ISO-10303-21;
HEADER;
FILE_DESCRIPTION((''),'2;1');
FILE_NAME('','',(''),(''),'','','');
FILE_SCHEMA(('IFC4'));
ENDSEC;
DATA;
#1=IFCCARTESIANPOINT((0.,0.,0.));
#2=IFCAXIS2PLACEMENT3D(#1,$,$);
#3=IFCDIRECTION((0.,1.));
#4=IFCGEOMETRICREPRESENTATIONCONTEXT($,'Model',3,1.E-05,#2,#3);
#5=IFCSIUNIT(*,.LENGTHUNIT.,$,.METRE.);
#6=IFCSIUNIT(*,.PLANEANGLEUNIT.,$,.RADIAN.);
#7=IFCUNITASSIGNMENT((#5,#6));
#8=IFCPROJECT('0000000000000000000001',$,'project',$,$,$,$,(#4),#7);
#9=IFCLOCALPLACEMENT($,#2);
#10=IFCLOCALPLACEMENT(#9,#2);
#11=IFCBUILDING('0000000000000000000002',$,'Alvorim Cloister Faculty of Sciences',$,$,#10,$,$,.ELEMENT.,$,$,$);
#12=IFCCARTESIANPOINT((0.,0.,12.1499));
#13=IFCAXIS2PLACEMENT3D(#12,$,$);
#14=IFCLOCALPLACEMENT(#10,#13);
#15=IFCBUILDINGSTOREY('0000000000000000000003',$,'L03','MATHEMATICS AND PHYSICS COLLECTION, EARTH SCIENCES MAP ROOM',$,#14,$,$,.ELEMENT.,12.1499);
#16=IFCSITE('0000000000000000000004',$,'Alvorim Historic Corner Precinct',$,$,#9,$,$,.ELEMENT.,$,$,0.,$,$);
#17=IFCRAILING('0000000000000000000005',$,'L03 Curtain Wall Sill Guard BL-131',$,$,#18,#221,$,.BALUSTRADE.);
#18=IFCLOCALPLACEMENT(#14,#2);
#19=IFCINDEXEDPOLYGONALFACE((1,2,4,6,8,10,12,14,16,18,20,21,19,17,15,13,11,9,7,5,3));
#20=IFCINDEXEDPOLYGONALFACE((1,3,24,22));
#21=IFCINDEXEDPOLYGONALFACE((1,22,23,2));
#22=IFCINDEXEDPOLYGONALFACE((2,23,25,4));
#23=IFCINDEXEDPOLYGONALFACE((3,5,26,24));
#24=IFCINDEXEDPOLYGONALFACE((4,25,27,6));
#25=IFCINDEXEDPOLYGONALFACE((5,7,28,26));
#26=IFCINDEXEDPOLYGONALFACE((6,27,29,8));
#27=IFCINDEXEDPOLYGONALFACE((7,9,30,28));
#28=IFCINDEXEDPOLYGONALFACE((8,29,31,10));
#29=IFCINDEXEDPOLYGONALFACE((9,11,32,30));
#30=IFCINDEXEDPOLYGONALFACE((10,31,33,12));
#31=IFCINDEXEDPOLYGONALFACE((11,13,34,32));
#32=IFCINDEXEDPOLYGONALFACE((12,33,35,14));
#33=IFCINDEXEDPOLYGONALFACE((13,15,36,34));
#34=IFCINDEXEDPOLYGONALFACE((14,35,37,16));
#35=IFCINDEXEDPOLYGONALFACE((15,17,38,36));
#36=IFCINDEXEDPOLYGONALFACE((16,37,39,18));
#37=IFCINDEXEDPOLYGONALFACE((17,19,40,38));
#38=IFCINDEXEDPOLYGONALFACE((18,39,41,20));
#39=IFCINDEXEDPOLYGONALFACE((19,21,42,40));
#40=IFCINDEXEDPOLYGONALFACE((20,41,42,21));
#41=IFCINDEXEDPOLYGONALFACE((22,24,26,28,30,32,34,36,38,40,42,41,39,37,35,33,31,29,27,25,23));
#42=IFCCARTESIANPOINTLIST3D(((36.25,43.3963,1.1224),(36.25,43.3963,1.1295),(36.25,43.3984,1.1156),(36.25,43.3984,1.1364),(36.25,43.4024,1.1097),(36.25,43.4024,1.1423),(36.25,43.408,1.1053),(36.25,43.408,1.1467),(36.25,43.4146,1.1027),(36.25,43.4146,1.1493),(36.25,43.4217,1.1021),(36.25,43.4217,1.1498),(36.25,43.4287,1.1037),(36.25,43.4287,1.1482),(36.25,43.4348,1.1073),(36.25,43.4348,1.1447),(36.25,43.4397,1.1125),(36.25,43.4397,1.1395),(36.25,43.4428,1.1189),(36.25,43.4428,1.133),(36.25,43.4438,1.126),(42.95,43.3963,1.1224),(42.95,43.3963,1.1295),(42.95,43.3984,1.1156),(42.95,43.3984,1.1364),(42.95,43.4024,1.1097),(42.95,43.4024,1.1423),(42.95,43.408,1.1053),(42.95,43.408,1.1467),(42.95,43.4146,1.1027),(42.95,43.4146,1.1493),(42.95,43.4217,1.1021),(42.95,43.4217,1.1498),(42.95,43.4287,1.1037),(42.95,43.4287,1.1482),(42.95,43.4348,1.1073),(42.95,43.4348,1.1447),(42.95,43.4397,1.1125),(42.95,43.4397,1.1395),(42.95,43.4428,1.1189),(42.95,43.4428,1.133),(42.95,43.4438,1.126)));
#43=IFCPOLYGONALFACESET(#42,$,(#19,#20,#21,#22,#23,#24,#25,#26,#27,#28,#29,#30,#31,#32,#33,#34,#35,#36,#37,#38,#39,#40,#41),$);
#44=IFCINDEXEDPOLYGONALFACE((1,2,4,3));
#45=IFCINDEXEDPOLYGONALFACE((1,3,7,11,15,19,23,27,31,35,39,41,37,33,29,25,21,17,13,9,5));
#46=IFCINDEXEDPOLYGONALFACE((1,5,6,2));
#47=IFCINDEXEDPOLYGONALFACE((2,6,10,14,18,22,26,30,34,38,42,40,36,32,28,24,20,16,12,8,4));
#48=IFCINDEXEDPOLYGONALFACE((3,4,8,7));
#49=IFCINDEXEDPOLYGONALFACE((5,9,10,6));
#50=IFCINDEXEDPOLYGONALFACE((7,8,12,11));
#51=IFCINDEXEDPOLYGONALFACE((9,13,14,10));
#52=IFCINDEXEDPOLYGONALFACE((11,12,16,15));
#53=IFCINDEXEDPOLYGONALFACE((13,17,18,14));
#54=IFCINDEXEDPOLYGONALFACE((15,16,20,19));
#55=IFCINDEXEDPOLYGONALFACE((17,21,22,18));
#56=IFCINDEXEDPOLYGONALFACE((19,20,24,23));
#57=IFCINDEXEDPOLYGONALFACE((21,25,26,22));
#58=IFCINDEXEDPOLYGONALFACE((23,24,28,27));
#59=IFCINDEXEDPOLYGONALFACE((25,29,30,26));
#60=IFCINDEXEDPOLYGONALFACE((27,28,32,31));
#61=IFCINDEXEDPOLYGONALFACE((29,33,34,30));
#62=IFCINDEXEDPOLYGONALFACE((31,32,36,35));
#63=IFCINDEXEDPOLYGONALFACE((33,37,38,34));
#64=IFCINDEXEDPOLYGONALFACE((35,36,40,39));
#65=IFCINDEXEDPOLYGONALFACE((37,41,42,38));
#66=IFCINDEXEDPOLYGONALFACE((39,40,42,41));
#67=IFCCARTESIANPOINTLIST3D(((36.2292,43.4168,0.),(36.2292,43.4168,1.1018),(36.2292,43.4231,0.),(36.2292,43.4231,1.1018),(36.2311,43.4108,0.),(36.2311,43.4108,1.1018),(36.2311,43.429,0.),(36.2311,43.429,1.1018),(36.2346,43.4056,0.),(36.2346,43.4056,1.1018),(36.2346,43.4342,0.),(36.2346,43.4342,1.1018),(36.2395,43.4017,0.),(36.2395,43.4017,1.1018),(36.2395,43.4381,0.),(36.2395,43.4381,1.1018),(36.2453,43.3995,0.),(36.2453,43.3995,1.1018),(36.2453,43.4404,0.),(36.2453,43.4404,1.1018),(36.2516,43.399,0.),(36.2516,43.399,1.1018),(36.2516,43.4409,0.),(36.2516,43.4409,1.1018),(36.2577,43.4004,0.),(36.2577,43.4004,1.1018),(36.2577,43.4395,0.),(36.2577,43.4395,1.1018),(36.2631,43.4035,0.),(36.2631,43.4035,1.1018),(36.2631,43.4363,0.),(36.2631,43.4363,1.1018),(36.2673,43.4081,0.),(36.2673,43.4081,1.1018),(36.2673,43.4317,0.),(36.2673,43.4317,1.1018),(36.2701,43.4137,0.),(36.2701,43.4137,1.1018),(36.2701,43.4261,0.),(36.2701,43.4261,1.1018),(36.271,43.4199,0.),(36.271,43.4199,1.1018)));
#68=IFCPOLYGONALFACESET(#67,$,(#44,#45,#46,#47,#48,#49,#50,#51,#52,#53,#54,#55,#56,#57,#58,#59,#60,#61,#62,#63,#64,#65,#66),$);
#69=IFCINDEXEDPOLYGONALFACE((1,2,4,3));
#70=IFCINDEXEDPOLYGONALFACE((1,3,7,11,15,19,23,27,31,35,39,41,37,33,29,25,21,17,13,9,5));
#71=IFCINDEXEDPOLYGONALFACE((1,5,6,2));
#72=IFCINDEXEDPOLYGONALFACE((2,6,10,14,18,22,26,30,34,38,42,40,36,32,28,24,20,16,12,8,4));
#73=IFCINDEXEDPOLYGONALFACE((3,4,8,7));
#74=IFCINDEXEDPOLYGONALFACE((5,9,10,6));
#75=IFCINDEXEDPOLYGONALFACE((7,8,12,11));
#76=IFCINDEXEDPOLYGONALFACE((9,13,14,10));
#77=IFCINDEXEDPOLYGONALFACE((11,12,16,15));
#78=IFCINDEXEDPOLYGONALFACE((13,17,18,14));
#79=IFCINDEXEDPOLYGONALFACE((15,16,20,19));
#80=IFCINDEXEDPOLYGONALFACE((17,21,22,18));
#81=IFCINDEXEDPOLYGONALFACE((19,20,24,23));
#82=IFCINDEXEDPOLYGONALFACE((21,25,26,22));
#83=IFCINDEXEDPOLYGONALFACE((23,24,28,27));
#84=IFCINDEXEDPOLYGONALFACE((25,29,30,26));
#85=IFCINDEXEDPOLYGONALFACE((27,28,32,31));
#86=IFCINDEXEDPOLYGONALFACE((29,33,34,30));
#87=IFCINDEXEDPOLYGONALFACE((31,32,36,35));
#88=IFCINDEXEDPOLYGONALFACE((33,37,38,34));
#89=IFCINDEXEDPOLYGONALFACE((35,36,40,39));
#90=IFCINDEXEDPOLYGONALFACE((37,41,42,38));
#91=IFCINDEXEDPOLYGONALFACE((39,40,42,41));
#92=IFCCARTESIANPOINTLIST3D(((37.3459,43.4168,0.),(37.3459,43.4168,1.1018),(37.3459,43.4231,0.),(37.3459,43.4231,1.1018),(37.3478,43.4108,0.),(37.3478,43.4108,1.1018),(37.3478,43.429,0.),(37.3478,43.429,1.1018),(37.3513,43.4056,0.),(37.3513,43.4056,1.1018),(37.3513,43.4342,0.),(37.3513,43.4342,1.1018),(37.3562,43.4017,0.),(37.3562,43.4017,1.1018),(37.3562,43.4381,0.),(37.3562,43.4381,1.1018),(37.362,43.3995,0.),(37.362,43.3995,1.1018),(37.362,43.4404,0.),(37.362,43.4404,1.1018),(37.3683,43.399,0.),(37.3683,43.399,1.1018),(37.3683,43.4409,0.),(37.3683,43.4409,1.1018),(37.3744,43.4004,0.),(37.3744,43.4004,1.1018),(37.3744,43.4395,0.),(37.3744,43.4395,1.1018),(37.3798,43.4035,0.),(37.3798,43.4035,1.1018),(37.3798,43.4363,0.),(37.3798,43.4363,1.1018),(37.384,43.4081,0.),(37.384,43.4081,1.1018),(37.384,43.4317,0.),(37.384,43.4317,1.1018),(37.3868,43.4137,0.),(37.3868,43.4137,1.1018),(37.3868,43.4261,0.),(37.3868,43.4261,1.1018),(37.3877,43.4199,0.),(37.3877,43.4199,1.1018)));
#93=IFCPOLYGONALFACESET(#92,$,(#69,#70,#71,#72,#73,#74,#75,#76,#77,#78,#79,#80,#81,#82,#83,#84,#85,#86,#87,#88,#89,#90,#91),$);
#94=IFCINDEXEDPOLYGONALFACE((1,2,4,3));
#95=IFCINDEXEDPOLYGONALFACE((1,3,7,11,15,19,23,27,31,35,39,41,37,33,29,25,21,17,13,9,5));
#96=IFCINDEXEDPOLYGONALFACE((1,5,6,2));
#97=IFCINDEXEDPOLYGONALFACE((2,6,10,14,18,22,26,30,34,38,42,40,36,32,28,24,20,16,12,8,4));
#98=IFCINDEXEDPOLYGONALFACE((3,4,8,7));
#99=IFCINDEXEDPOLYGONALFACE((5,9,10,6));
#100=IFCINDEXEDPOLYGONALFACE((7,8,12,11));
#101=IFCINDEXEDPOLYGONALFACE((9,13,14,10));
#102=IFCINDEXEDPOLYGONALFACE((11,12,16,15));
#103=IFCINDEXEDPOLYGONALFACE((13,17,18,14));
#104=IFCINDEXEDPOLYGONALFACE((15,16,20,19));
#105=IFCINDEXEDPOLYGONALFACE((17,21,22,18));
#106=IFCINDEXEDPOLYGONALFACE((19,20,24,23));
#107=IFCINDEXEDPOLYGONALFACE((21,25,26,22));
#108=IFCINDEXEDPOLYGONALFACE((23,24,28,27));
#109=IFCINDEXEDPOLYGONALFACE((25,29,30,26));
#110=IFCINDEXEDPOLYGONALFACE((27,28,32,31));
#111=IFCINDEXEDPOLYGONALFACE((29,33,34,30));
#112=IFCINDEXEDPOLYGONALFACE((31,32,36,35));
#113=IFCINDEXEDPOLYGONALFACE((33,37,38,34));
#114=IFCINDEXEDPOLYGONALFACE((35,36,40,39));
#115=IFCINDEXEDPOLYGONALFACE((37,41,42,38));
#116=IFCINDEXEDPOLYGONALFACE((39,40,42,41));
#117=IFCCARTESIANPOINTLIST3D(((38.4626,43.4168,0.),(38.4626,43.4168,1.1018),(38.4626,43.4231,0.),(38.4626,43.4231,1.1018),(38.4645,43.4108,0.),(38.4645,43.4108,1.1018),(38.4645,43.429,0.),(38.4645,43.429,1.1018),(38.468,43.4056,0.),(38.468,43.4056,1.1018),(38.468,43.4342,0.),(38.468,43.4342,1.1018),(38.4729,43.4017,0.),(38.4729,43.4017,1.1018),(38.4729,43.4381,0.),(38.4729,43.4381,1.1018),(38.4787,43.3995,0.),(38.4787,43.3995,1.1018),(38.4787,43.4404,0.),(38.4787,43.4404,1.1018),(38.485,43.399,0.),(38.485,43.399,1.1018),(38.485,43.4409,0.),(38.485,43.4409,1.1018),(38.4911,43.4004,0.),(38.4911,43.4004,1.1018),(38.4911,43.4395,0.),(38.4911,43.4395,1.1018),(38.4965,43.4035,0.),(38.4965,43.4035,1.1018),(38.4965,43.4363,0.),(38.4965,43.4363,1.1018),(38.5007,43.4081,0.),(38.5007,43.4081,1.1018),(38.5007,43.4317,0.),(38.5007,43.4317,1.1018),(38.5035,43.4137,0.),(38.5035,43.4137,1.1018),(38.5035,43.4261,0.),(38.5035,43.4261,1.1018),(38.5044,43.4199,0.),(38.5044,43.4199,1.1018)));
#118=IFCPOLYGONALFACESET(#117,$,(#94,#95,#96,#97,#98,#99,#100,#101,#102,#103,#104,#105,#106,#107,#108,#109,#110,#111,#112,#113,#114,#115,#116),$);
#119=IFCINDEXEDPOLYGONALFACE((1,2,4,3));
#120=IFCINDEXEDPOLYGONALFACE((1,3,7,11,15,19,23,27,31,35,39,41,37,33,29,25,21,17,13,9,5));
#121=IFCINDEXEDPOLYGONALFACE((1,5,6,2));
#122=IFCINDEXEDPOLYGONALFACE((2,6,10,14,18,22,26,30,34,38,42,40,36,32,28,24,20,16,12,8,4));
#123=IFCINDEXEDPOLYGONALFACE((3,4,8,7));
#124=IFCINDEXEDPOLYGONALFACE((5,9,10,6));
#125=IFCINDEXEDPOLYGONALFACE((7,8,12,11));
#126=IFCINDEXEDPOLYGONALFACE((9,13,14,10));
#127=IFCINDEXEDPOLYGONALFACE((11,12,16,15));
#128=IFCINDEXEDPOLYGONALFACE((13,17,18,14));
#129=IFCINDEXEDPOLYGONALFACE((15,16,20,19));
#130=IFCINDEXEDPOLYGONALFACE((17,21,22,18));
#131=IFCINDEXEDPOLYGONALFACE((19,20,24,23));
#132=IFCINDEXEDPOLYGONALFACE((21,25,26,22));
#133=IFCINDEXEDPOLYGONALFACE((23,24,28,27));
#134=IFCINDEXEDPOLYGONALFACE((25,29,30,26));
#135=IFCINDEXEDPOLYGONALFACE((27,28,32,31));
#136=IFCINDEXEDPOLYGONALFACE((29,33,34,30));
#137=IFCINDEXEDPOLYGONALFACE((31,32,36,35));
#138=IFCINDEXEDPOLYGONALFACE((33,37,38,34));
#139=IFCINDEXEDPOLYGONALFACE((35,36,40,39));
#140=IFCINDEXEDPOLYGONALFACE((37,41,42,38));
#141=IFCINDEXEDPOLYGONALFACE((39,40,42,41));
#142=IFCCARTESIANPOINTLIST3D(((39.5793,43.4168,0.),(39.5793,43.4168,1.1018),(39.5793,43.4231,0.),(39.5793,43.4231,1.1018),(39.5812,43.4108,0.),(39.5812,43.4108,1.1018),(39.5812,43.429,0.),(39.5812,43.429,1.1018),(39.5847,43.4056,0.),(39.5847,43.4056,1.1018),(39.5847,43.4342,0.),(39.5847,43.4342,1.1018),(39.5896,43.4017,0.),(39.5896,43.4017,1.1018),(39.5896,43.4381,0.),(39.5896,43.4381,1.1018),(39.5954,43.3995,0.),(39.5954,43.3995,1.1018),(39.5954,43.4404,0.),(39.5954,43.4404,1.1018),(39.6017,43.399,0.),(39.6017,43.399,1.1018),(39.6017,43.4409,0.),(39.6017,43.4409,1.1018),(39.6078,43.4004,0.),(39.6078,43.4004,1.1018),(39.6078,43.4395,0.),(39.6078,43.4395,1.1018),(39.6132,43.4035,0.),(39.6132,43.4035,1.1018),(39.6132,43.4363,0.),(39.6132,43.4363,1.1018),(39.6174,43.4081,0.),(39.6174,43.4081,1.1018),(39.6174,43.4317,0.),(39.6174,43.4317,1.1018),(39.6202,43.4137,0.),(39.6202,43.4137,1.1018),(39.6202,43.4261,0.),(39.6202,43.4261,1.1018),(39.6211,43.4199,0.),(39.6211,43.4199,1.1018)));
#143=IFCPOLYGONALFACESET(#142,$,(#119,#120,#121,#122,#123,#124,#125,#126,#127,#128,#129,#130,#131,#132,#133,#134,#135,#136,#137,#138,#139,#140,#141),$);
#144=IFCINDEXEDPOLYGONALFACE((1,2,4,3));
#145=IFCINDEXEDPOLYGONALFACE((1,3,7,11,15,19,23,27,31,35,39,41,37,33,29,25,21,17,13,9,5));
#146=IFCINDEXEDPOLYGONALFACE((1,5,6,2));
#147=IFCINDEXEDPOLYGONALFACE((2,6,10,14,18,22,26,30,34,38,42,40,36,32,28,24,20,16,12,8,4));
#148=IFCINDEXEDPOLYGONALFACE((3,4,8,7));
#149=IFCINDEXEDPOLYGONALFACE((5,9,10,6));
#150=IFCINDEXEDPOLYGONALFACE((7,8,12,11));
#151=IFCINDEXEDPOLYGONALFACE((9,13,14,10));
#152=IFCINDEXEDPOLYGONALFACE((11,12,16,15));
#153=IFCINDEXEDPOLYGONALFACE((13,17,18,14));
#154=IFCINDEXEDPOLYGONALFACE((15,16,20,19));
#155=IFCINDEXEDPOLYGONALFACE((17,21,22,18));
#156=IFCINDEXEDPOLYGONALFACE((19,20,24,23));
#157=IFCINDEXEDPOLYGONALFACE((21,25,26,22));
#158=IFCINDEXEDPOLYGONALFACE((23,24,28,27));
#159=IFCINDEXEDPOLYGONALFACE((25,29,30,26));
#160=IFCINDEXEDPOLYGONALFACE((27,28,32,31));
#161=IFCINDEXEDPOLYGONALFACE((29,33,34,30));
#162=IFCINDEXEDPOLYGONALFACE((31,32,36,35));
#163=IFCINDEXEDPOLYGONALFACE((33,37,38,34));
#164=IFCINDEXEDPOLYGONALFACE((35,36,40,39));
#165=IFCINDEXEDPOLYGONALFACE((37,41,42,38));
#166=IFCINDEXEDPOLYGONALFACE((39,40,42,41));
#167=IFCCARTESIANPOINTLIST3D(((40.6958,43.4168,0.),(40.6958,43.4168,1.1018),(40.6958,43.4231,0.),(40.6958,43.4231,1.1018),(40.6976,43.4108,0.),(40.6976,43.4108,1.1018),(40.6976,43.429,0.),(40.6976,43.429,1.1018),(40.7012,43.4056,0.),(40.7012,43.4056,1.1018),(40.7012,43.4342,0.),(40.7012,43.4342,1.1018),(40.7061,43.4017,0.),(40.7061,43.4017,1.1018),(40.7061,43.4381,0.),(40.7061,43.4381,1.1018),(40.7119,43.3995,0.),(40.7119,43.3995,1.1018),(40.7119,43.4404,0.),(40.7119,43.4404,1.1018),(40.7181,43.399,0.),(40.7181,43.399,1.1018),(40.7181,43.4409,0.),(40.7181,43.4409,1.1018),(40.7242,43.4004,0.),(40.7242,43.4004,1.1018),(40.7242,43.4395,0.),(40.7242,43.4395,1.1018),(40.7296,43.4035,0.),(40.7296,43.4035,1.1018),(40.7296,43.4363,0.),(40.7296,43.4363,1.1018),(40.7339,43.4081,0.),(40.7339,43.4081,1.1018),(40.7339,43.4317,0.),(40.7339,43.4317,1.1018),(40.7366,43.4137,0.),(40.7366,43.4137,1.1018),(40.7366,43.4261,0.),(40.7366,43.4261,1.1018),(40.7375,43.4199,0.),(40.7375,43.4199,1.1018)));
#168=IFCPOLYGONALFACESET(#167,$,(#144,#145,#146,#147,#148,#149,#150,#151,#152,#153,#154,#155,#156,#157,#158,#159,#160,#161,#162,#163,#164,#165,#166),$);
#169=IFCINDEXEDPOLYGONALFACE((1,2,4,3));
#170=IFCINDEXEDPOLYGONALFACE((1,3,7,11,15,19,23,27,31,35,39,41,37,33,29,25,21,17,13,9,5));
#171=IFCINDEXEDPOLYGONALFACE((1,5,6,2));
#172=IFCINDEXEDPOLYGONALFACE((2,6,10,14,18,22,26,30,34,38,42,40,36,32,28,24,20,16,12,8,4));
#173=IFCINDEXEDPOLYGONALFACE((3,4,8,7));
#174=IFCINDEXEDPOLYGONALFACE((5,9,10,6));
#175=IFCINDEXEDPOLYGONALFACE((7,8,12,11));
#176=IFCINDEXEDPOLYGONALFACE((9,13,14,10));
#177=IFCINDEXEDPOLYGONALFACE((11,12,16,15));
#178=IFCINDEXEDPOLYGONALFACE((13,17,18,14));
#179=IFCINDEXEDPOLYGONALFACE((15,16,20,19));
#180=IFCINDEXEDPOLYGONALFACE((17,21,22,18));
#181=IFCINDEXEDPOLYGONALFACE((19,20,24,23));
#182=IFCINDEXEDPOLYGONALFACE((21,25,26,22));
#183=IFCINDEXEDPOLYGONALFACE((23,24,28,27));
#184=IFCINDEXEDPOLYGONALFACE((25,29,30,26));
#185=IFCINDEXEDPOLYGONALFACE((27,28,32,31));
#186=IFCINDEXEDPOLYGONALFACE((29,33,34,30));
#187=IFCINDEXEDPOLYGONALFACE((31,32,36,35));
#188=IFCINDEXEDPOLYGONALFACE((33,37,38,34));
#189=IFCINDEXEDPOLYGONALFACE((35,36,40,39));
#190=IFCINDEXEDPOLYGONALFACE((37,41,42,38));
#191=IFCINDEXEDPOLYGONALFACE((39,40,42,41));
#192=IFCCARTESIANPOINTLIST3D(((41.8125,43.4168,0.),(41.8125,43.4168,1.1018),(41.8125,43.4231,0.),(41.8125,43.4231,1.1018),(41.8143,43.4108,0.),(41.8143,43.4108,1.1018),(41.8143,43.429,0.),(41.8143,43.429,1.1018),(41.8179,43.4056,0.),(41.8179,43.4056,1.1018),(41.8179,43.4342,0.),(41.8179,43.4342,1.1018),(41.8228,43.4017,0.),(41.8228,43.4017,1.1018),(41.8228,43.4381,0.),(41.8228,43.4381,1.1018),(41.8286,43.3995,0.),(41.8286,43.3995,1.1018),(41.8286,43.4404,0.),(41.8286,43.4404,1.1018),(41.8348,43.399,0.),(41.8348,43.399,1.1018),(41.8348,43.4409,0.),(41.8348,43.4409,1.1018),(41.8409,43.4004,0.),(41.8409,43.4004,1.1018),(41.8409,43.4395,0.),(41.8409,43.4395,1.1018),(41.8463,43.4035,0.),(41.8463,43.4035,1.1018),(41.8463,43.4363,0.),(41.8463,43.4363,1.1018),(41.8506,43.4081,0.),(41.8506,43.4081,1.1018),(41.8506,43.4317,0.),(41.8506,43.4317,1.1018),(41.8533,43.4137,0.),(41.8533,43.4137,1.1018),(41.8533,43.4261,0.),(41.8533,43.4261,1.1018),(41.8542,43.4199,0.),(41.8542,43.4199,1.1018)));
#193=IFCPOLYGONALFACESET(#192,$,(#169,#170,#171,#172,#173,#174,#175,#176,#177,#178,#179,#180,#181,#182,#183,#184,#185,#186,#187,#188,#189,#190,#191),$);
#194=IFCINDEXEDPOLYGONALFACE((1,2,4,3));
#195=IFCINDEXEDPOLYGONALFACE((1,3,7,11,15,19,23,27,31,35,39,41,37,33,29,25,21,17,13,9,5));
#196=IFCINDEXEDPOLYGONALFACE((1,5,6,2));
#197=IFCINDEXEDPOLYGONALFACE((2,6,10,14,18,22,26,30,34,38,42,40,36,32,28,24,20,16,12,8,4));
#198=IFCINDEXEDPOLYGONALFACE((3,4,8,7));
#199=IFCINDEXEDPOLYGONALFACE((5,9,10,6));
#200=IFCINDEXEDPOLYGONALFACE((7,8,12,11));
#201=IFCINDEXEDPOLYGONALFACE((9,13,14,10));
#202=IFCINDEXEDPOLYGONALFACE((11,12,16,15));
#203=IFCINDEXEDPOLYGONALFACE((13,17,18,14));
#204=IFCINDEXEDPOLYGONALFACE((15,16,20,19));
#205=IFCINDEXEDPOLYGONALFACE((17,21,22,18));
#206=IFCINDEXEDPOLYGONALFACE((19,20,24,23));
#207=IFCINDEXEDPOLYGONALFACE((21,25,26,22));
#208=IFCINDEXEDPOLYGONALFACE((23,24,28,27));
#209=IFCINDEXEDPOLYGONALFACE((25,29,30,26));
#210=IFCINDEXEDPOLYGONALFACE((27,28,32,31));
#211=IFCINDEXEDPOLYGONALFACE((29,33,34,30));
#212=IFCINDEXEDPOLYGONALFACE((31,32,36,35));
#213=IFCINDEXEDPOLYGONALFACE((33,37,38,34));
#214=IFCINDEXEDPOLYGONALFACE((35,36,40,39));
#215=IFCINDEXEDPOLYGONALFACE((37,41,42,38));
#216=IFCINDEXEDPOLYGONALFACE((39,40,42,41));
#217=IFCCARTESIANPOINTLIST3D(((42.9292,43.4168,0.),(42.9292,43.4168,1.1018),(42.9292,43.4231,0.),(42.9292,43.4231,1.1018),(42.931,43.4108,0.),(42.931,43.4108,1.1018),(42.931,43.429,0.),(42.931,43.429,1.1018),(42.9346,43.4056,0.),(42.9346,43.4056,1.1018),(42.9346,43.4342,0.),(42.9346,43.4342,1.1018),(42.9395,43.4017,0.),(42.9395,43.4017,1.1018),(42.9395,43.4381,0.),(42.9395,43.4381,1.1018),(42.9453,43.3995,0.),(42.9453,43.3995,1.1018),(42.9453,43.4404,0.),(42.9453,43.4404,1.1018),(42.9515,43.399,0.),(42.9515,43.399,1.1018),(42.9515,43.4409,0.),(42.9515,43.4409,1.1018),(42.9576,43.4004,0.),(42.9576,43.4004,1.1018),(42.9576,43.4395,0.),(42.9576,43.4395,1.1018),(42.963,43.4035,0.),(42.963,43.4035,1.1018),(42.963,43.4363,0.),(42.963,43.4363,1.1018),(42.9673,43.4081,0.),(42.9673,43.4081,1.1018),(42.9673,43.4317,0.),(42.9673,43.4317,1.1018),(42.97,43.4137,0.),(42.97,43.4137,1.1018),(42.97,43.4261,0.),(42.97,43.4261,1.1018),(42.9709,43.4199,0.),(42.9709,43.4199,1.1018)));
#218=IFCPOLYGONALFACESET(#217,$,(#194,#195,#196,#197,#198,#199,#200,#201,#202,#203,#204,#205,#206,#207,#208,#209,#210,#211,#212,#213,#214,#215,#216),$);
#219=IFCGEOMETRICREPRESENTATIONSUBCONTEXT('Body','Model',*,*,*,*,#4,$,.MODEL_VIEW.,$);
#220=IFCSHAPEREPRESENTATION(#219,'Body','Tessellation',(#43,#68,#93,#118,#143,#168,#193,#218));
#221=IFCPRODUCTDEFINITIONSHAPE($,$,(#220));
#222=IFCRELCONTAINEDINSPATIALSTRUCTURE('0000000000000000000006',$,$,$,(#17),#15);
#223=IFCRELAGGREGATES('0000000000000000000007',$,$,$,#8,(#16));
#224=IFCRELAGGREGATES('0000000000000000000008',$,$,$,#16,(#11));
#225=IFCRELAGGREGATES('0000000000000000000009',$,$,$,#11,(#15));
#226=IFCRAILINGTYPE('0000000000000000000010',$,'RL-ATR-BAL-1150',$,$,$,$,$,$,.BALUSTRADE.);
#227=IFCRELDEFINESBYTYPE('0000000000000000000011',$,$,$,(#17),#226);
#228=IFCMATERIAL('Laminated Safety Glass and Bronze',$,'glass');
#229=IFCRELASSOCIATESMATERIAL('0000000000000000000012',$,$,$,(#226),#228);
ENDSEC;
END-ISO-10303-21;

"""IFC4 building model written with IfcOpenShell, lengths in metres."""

from ifc_helpers import new_model, si_unit, direction, frame, origin, origin_2d, place, context, subcontext, project, spatial, circle, extrude, material, type_object, element, save


model = new_model("IFC4")

# Units and contexts
model_context = context("Model", 3, precision=1e-05, world=origin(), true_north=direction((0.0, 1.0)))
body_context = subcontext(model_context, "Body", "Model", "MODEL_VIEW")
ifc_project = project(units=[si_unit("LENGTHUNIT", "METRE"), si_unit("PLANEANGLEUNIT", "RADIAN")], contexts=[model_context])

# Site, building, storey
site_placement = place(None, origin())
site = spatial("IfcSite", under=ifc_project, at=site_placement, Name="Alvorim Historic Corner Precinct", CompositionType="ELEMENT", RefElevation=0.0)
building_placement = place(site_placement, origin())
building = spatial("IfcBuilding", under=site, at=building_placement, Name="Alvorim Cloister Faculty of Sciences", CompositionType="ELEMENT")
storey_placement = place(building_placement, frame((0.0, 0.0, 12.1499)))
storey = spatial("IfcBuildingStorey", under=building, at=storey_placement, Name="L03", Description="MATHEMATICS AND PHYSICS COLLECTION, EARTH SCIENCES MAP ROOM", CompositionType="ELEMENT", Elevation=12.1499)

# Railing
ifc_material_1 = material(Name="Laminated Safety Glass and Bronze", Category="glass")
railing_type = type_object("IfcRailingType", Name="RL-ATR-BAL-1150", PredefinedType="BALUSTRADE", material=ifc_material_1)
railing_placement = place(storey_placement, frame((36.25, 43.4199, 0.0)))
element("IfcRailing", 1, at=railing_placement, inside=storey, type_object=railing_type, Name="L03 Curtain Wall Sill Guard BL-131", PredefinedType="BALUSTRADE", context=body_context, shape_type="SweptSolid", body=[
    extrude(circle(Radius=0.0239, at=origin_2d()), frame((0.0, 0.0, 1.126), z_axis=(1.0, 0.0, 0.0), x_axis=(0.0, 1.0, 0.0)), (0.0, 0.0, 1.0), 6.7),
    extrude(circle(Radius=0.021, at=origin_2d()), origin(), (0.0, 0.0, 1.0), 1.1018),
    extrude(circle(Radius=0.021, at=origin_2d()), frame((1.1167, 0.0, 0.0)), (0.0, 0.0, 1.0), 1.1018),
    extrude(circle(Radius=0.021, at=origin_2d()), frame((2.2334, 0.0, 0.0)), (0.0, 0.0, 1.0), 1.1018),
    extrude(circle(Radius=0.021, at=origin_2d()), frame((3.3501, 0.0, 0.0)), (0.0, 0.0, 1.0), 1.1018),
    extrude(circle(Radius=0.021, at=origin_2d()), frame((4.4666, 0.0, 0.0)), (0.0, 0.0, 1.0), 1.1018),
    extrude(circle(Radius=0.021, at=origin_2d()), frame((5.5833, 0.0, 0.0)), (0.0, 0.0, 1.0), 1.1018),
    extrude(circle(Radius=0.021, at=origin_2d()), frame((6.7, 0.0, 0.0)), (0.0, 0.0, 1.0), 1.1018),
])

save(model, "model.ifc")
